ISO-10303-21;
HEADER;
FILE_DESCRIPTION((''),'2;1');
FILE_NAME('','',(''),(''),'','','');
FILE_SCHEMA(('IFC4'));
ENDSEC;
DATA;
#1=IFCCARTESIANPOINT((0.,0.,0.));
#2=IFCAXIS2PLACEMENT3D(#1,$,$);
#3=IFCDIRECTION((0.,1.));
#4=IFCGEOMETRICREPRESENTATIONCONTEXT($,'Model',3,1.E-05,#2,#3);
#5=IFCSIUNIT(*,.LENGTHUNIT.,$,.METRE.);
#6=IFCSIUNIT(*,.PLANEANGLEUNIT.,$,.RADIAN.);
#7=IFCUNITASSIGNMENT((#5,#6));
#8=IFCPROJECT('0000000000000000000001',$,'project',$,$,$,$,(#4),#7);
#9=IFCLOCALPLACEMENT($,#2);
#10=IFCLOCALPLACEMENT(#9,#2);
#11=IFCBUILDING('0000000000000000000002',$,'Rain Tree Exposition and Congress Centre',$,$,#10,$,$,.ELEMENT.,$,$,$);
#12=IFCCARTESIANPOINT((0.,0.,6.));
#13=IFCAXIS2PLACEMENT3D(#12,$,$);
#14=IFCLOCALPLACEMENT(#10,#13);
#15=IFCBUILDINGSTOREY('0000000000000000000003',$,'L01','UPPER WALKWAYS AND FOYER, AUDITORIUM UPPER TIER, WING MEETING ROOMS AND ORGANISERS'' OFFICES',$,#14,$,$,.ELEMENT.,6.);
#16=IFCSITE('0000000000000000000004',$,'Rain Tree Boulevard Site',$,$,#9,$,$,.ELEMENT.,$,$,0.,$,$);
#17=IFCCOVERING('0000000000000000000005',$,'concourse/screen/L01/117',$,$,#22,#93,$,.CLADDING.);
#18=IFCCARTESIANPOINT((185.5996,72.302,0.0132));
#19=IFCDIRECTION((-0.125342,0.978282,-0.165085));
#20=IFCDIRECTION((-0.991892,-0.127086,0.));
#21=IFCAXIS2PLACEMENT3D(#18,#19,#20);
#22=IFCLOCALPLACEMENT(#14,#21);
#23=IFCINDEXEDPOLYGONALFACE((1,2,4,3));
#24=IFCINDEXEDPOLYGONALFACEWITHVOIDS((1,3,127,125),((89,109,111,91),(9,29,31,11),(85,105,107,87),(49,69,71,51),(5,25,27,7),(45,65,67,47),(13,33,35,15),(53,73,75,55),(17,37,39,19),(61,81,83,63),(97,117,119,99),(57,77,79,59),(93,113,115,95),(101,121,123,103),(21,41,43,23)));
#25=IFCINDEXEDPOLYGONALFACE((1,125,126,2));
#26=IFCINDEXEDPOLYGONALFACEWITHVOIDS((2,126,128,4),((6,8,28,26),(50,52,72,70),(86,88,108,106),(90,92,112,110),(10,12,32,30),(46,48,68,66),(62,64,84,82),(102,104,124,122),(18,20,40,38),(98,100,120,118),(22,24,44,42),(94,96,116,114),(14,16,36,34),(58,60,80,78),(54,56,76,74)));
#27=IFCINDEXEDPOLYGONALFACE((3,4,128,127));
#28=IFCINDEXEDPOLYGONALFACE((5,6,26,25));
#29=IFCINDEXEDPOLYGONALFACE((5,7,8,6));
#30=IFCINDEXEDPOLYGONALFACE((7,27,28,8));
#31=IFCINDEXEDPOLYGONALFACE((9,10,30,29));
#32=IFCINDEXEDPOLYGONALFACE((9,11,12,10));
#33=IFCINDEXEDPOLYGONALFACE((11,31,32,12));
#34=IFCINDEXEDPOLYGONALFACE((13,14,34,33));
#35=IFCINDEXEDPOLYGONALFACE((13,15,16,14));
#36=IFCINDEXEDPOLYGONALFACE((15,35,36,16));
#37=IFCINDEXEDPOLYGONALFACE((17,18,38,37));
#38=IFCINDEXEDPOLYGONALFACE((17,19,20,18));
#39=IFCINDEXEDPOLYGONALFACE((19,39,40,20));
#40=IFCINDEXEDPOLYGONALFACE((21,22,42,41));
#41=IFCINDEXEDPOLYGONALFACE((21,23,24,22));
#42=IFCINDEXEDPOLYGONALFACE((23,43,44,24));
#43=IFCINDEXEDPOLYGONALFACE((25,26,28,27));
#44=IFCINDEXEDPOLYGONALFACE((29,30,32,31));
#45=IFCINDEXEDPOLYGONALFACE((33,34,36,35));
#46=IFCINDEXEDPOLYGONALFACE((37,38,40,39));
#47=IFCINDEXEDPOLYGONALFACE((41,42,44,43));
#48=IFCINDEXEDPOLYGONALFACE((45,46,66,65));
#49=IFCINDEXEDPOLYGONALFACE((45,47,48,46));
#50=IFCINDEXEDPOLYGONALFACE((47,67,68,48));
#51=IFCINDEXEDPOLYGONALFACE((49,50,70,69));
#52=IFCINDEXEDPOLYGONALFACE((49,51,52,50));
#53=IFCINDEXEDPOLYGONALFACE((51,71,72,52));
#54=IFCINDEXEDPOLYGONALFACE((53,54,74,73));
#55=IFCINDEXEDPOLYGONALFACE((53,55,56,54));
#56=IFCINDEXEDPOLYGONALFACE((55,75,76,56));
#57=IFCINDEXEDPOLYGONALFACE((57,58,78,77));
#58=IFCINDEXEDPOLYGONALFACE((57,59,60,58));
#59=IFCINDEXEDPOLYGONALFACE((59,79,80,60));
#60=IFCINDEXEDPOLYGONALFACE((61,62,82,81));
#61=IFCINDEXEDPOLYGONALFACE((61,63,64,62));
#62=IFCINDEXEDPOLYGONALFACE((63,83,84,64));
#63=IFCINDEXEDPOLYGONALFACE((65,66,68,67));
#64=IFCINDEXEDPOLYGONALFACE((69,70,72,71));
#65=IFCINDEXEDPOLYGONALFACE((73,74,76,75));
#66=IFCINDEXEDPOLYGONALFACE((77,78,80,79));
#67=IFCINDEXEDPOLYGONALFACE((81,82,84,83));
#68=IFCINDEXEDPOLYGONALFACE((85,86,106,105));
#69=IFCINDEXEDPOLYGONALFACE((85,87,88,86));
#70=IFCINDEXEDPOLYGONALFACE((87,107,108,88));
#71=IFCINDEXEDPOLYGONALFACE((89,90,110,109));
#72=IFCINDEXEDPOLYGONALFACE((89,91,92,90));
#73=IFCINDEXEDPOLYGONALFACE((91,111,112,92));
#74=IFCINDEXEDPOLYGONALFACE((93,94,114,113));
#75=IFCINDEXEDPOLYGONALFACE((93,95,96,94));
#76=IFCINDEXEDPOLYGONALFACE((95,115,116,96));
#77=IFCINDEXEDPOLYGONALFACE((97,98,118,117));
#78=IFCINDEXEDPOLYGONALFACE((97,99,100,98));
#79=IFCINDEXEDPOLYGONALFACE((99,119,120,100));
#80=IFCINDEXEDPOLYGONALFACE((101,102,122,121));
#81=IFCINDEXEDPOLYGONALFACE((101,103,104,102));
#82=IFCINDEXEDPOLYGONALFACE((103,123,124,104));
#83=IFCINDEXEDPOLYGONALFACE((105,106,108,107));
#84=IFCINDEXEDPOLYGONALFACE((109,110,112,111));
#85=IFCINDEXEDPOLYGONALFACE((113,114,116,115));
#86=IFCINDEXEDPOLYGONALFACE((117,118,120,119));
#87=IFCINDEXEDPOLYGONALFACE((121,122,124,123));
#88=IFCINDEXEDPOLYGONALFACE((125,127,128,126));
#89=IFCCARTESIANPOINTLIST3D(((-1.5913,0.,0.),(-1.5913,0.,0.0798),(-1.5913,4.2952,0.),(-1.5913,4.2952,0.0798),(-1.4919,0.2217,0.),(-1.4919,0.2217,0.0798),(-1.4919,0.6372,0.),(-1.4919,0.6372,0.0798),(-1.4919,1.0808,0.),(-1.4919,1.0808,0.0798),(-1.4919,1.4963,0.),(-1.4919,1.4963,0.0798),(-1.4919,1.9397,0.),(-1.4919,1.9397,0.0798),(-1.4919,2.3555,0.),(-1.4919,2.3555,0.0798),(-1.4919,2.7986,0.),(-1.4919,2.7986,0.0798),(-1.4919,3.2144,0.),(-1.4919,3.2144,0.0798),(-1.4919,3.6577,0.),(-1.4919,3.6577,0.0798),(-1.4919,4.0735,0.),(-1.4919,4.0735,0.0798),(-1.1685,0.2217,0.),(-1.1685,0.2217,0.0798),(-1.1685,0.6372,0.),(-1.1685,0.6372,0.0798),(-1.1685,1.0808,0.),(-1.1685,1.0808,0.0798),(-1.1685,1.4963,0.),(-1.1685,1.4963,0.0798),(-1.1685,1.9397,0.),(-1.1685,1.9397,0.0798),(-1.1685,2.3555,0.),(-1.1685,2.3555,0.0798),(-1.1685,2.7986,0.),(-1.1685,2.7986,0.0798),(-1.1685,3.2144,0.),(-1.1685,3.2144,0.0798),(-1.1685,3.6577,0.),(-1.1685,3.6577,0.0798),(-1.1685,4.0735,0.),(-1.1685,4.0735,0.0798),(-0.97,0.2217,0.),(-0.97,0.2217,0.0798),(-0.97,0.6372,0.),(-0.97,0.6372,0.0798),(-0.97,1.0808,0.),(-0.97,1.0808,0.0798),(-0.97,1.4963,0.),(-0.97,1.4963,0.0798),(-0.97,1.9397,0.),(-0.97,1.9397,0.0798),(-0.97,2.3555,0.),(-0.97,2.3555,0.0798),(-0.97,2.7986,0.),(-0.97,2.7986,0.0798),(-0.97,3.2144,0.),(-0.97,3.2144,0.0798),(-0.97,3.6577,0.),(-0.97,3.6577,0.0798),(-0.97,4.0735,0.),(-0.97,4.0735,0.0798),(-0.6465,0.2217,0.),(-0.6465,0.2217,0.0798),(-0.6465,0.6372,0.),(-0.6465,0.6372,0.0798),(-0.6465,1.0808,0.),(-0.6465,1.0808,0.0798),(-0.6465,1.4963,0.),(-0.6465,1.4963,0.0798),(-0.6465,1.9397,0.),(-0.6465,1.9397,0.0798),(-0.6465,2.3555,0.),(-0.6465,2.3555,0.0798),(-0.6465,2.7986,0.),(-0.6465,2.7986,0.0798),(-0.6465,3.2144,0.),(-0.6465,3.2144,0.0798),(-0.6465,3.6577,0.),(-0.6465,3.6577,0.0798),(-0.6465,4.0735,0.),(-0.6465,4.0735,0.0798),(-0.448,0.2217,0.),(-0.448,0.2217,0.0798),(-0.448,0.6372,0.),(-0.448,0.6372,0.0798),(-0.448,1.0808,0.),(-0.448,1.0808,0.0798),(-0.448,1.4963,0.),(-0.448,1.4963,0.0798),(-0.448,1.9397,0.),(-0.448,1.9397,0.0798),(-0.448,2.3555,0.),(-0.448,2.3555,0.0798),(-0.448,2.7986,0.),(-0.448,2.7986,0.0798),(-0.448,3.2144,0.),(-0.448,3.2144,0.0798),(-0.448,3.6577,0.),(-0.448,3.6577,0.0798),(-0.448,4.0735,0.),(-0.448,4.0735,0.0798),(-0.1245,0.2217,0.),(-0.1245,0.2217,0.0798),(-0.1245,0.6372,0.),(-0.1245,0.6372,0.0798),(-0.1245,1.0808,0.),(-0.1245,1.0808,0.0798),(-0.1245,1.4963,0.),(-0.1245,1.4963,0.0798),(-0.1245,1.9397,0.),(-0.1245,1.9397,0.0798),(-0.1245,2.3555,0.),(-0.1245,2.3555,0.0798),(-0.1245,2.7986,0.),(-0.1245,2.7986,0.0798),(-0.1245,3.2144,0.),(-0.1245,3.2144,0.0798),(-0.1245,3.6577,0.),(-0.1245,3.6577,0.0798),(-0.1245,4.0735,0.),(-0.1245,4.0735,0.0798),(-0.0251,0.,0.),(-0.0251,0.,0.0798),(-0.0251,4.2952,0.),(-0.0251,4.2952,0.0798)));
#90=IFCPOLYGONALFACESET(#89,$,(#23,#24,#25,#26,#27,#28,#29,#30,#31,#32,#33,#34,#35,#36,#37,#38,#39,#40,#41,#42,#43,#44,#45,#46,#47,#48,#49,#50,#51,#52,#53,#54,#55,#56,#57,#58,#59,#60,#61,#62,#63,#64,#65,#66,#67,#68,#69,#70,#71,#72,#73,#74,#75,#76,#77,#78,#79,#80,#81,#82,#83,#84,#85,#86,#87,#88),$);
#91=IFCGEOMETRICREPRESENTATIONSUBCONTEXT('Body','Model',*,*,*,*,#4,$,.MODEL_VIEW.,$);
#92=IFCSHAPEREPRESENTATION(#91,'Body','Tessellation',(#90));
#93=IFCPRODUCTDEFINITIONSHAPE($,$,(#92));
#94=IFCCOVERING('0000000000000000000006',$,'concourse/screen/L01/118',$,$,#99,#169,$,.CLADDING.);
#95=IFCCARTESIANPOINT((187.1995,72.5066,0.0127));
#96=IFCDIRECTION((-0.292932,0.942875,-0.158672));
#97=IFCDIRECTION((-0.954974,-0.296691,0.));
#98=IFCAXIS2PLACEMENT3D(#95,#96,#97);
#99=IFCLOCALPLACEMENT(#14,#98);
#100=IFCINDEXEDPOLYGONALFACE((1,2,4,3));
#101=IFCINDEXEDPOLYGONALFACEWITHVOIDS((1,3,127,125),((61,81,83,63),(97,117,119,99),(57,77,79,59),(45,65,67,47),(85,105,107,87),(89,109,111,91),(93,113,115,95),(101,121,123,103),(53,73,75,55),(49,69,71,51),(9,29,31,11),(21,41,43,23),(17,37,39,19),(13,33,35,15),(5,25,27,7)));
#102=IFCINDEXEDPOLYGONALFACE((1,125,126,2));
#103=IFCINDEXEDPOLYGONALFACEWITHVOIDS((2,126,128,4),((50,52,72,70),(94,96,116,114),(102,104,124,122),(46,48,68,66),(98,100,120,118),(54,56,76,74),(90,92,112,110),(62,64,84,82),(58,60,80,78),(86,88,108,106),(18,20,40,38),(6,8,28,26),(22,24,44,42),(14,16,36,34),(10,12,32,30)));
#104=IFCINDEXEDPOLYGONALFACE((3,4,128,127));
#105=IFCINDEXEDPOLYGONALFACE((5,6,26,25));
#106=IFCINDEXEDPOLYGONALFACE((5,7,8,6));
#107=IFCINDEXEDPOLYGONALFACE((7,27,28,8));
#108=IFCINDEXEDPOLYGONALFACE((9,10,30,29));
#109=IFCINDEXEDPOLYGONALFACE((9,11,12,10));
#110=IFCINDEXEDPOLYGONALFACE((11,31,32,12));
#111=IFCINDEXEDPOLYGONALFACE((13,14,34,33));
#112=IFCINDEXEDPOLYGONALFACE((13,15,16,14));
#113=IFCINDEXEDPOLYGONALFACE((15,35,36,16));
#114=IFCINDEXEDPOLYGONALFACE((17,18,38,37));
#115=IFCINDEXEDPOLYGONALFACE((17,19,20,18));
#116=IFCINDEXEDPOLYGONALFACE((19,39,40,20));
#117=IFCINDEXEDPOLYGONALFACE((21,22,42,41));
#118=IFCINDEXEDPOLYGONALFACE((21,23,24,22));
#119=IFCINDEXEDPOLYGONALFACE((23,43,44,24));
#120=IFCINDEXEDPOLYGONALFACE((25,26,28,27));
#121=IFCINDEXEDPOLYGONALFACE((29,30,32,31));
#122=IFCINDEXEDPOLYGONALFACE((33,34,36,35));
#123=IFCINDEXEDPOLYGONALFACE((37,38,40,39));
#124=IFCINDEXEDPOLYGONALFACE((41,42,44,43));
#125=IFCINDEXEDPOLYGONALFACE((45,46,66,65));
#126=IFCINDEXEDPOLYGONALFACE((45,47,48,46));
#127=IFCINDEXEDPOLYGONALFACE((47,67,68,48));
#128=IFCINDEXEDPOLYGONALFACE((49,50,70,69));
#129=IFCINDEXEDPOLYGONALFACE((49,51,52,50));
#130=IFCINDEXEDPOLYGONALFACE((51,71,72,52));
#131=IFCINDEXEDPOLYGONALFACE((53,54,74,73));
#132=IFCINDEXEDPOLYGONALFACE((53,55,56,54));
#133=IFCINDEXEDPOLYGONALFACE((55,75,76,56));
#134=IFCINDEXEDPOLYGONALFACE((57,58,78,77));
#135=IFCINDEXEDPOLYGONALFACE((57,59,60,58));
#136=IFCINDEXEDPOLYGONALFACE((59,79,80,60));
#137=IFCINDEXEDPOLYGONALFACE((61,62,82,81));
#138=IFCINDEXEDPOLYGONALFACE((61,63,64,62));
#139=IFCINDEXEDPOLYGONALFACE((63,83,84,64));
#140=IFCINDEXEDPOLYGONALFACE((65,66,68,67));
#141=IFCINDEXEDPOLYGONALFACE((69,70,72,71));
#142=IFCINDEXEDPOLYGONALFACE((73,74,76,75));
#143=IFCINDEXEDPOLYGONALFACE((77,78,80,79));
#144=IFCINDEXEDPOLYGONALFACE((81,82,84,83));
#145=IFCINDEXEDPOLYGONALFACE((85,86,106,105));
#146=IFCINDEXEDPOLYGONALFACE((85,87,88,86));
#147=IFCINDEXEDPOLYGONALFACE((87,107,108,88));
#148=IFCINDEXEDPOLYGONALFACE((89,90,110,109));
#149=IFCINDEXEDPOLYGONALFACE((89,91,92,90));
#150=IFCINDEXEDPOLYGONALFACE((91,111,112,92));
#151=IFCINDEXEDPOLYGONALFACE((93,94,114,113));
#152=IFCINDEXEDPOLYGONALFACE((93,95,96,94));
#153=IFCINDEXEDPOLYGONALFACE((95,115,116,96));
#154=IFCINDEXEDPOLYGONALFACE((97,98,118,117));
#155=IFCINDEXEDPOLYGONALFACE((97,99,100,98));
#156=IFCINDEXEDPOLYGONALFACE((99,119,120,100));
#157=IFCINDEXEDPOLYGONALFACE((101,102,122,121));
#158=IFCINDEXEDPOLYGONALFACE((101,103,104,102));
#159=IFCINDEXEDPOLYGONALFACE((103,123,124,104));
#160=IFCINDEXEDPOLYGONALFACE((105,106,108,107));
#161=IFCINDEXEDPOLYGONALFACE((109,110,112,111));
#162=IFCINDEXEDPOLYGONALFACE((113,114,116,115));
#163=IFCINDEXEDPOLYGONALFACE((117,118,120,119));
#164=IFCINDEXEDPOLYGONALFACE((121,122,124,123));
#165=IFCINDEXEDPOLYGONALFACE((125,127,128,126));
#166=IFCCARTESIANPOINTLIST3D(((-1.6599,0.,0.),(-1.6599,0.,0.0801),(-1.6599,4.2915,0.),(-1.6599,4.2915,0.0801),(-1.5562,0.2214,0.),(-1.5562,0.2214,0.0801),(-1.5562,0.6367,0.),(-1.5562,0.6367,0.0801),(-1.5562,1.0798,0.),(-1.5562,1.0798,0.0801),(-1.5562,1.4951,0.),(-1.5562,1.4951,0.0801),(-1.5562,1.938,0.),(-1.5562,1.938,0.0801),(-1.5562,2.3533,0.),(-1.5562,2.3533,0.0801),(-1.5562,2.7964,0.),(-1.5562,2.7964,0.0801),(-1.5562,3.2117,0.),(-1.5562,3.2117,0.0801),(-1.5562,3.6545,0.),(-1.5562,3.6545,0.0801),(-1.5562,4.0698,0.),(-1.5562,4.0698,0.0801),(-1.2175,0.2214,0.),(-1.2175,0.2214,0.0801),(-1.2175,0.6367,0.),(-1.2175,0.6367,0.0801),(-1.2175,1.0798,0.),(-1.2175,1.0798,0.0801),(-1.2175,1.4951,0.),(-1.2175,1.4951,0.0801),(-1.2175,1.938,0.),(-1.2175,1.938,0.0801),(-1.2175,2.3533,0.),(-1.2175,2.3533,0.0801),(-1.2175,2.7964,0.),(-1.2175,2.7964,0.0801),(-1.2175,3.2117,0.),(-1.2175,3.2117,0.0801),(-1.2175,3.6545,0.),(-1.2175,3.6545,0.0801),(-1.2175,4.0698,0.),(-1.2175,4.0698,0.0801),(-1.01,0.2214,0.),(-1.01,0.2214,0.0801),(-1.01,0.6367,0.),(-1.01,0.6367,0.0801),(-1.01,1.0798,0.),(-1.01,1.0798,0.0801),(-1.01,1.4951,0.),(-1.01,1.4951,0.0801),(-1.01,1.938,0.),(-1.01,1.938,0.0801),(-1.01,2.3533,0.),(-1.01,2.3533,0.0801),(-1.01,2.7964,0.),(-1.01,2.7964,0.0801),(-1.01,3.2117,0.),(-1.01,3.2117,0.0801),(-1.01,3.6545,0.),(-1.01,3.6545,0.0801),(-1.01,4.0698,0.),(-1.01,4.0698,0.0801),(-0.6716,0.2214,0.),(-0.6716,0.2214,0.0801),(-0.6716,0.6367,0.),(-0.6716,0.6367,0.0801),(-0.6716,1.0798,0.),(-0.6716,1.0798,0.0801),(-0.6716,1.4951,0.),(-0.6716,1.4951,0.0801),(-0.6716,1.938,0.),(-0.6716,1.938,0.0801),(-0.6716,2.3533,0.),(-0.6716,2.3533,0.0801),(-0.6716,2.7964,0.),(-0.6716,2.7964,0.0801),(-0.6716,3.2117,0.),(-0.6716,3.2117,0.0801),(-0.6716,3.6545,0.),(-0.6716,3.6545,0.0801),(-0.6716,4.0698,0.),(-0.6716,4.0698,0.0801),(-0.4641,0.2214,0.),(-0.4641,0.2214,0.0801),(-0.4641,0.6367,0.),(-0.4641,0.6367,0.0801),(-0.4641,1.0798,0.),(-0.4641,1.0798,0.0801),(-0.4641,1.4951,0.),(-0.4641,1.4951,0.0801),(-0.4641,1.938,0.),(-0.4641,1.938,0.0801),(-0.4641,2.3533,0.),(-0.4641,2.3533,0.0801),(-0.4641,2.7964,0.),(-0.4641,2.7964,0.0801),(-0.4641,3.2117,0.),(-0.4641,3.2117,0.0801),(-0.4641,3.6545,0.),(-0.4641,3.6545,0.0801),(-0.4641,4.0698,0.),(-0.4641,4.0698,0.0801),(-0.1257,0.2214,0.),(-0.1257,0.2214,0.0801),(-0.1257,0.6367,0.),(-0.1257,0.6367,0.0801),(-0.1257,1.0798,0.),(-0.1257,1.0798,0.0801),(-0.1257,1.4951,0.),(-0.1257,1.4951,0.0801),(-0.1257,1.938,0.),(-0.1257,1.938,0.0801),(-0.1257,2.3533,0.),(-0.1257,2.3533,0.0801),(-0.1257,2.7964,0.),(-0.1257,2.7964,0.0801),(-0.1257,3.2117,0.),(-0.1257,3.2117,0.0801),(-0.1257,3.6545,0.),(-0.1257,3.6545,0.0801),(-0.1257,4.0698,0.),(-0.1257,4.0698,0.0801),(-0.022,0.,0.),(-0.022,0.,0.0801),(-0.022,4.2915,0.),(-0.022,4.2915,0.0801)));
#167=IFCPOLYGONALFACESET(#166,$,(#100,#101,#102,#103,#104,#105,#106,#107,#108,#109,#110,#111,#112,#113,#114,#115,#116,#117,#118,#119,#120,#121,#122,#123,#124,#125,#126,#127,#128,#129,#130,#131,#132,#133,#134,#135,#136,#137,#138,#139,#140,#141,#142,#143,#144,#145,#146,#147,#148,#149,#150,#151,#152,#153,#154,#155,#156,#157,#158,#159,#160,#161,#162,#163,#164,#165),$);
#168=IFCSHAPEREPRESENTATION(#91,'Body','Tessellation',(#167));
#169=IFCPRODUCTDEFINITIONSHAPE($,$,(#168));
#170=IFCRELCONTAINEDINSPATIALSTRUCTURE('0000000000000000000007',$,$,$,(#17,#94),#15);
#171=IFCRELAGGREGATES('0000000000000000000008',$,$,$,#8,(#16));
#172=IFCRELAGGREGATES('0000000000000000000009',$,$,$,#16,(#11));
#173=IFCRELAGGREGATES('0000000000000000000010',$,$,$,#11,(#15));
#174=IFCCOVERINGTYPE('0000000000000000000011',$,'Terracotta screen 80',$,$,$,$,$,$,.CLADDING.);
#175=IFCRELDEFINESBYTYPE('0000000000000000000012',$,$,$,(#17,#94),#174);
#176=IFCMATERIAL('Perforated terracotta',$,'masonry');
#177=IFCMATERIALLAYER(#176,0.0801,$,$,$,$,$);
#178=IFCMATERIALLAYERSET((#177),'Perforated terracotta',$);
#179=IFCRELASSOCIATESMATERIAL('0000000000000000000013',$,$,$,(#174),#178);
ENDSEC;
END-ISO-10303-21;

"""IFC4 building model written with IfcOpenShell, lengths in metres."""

from ifc_helpers import new_model, si_unit, direction, frame, origin, place, context, subcontext, project, spatial, polyline, outline, extrude, material, layer, layer_set, type_object, element, save


model = new_model("IFC4")

# Units and contexts
model_context = context("Model", 3, precision=1e-05, world=origin(), true_north=direction((0.0, 1.0)))
body_context = subcontext(model_context, "Body", "Model", "MODEL_VIEW")
ifc_project = project(units=[si_unit("LENGTHUNIT", "METRE"), si_unit("PLANEANGLEUNIT", "RADIAN")], contexts=[model_context])

# Site, building, storey
site_placement = place(None, origin())
site = spatial("IfcSite", under=ifc_project, at=site_placement, Name="Rain Tree Boulevard Site", CompositionType="ELEMENT", RefElevation=0.0)
building_placement = place(site_placement, origin())
building = spatial("IfcBuilding", under=site, at=building_placement, Name="Rain Tree Exposition and Congress Centre", CompositionType="ELEMENT")
storey_placement = place(building_placement, frame((0.0, 0.0, 6.0)))
storey = spatial("IfcBuildingStorey", under=building, at=storey_placement, Name="L01", Description="UPPER WALKWAYS AND FOYER, AUDITORIUM UPPER TIER, WING MEETING ROOMS AND ORGANISERS' OFFICES", CompositionType="ELEMENT", Elevation=6.0)

# Coverings
ifc_material_1 = material(Name="Perforated terracotta", Category="masonry")
ifc_layer_1 = layer(ifc_material_1, 0.0801)
ifc_layer_set_1 = layer_set([ifc_layer_1], Name="Perforated terracotta")
covering_type = type_object("IfcCoveringType", Name="Terracotta screen 80", PredefinedType="CLADDING", material=ifc_layer_set_1)
covering_1_placement = place(storey_placement, frame((185.5996, 72.302, 0.0132), z_axis=(-0.125342, 0.978282, -0.165085), x_axis=(-0.991892, -0.127086, 0.0)))
element("IfcCovering", 1, at=covering_1_placement, inside=storey, type_object=covering_type, Name="concourse/screen/L01/117", PredefinedType="CLADDING", context=body_context, shape_type="SweptSolid", body=[
    extrude(outline(polyline([(-1.5913, 0.0), (-1.5913, 4.2952), (-0.0251, 4.2952), (-0.0251, 0.0), (-1.5913, 0.0)]), holes=[polyline([(-0.1245, 0.2217), (-0.1245, 0.6372), (-0.448, 0.6372), (-0.448, 0.2217), (-0.1245, 0.2217)]), polyline([(-0.1245, 1.0808), (-0.1245, 1.4963), (-0.448, 1.4963), (-0.448, 1.0808), (-0.1245, 1.0808)]), polyline([(-0.1245, 1.9397), (-0.1245, 2.3555), (-0.448, 2.3555), (-0.448, 1.9397), (-0.1245, 1.9397)]), polyline([(-0.1245, 2.7986), (-0.1245, 3.2144), (-0.448, 3.2144), (-0.448, 2.7986), (-0.1245, 2.7986)]), polyline([(-0.1245, 3.6577), (-0.1245, 4.0735), (-0.448, 4.0735), (-0.448, 3.6577), (-0.1245, 3.6577)]), polyline([(-0.6465, 0.2217), (-0.6465, 0.6372), (-0.97, 0.6372), (-0.97, 0.2217), (-0.6465, 0.2217)]), polyline([(-0.6465, 1.0808), (-0.6465, 1.4963), (-0.97, 1.4963), (-0.97, 1.0808), (-0.6465, 1.0808)]), polyline([(-0.6465, 1.9397), (-0.6465, 2.3555), (-0.97, 2.3555), (-0.97, 1.9397), (-0.6465, 1.9397)]), polyline([(-0.6465, 2.7986), (-0.6465, 3.2144), (-0.97, 3.2144), (-0.97, 2.7986), (-0.6465, 2.7986)]), polyline([(-0.6465, 3.6577), (-0.6465, 4.0735), (-0.97, 4.0735), (-0.97, 3.6577), (-0.6465, 3.6577)]), polyline([(-1.1685, 0.2217), (-1.1685, 0.6372), (-1.4919, 0.6372), (-1.4919, 0.2217), (-1.1685, 0.2217)]), polyline([(-1.1685, 1.0808), (-1.1685, 1.4963), (-1.4919, 1.4963), (-1.4919, 1.0808), (-1.1685, 1.0808)]), polyline([(-1.1685, 1.9397), (-1.1685, 2.3555), (-1.4919, 2.3555), (-1.4919, 1.9397), (-1.1685, 1.9397)]), polyline([(-1.1685, 2.7986), (-1.1685, 3.2144), (-1.4919, 3.2144), (-1.4919, 2.7986), (-1.1685, 2.7986)]), polyline([(-1.1685, 3.6577), (-1.1685, 4.0735), (-1.4919, 4.0735), (-1.4919, 3.6577), (-1.1685, 3.6577)])]), origin(), (0.0, 0.0, 1.0), 0.0798),
])
covering_2_placement = place(storey_placement, frame((187.1995, 72.5066, 0.0127), z_axis=(-0.292932, 0.942875, -0.158672), x_axis=(-0.954974, -0.296691, 0.0)))
element("IfcCovering", 2, at=covering_2_placement, inside=storey, type_object=covering_type, Name="concourse/screen/L01/118", PredefinedType="CLADDING", context=body_context, shape_type="SweptSolid", body=[
    extrude(outline(polyline([(-1.6599, 0.0), (-1.6599, 4.2915), (-0.022, 4.2915), (-0.022, 0.0), (-1.6599, 0.0)]), holes=[polyline([(-0.1257, 0.2214), (-0.1257, 0.6367), (-0.4641, 0.6367), (-0.4641, 0.2214), (-0.1257, 0.2214)]), polyline([(-0.1257, 1.0798), (-0.1257, 1.4951), (-0.4641, 1.4951), (-0.4641, 1.0798), (-0.1257, 1.0798)]), polyline([(-0.1257, 1.938), (-0.1257, 2.3533), (-0.4641, 2.3533), (-0.4641, 1.938), (-0.1257, 1.938)]), polyline([(-0.1257, 2.7964), (-0.1257, 3.2117), (-0.4641, 3.2117), (-0.4641, 2.7964), (-0.1257, 2.7964)]), polyline([(-0.1257, 3.6545), (-0.1257, 4.0698), (-0.4641, 4.0698), (-0.4641, 3.6545), (-0.1257, 3.6545)]), polyline([(-0.6716, 0.2214), (-0.6716, 0.6367), (-1.01, 0.6367), (-1.01, 0.2214), (-0.6716, 0.2214)]), polyline([(-0.6716, 1.0798), (-0.6716, 1.4951), (-1.01, 1.4951), (-1.01, 1.0798), (-0.6716, 1.0798)]), polyline([(-0.6716, 1.938), (-0.6716, 2.3533), (-1.01, 2.3533), (-1.01, 1.938), (-0.6716, 1.938)]), polyline([(-0.6716, 2.7964), (-0.6716, 3.2117), (-1.01, 3.2117), (-1.01, 2.7964), (-0.6716, 2.7964)]), polyline([(-0.6716, 3.6545), (-0.6716, 4.0698), (-1.01, 4.0698), (-1.01, 3.6545), (-0.6716, 3.6545)]), polyline([(-1.2175, 0.2214), (-1.2175, 0.6367), (-1.5562, 0.6367), (-1.5562, 0.2214), (-1.2175, 0.2214)]), polyline([(-1.2175, 1.0798), (-1.2175, 1.4951), (-1.5562, 1.4951), (-1.5562, 1.0798), (-1.2175, 1.0798)]), polyline([(-1.2175, 1.938), (-1.2175, 2.3533), (-1.5562, 2.3533), (-1.5562, 1.938), (-1.2175, 1.938)]), polyline([(-1.2175, 2.7964), (-1.2175, 3.2117), (-1.5562, 3.2117), (-1.5562, 2.7964), (-1.2175, 2.7964)]), polyline([(-1.2175, 3.6545), (-1.2175, 4.0698), (-1.5562, 4.0698), (-1.5562, 3.6545), (-1.2175, 3.6545)])]), origin(), (0.0, 0.0, 1.0), 0.0801),
])

save(model, "model.ifc")
